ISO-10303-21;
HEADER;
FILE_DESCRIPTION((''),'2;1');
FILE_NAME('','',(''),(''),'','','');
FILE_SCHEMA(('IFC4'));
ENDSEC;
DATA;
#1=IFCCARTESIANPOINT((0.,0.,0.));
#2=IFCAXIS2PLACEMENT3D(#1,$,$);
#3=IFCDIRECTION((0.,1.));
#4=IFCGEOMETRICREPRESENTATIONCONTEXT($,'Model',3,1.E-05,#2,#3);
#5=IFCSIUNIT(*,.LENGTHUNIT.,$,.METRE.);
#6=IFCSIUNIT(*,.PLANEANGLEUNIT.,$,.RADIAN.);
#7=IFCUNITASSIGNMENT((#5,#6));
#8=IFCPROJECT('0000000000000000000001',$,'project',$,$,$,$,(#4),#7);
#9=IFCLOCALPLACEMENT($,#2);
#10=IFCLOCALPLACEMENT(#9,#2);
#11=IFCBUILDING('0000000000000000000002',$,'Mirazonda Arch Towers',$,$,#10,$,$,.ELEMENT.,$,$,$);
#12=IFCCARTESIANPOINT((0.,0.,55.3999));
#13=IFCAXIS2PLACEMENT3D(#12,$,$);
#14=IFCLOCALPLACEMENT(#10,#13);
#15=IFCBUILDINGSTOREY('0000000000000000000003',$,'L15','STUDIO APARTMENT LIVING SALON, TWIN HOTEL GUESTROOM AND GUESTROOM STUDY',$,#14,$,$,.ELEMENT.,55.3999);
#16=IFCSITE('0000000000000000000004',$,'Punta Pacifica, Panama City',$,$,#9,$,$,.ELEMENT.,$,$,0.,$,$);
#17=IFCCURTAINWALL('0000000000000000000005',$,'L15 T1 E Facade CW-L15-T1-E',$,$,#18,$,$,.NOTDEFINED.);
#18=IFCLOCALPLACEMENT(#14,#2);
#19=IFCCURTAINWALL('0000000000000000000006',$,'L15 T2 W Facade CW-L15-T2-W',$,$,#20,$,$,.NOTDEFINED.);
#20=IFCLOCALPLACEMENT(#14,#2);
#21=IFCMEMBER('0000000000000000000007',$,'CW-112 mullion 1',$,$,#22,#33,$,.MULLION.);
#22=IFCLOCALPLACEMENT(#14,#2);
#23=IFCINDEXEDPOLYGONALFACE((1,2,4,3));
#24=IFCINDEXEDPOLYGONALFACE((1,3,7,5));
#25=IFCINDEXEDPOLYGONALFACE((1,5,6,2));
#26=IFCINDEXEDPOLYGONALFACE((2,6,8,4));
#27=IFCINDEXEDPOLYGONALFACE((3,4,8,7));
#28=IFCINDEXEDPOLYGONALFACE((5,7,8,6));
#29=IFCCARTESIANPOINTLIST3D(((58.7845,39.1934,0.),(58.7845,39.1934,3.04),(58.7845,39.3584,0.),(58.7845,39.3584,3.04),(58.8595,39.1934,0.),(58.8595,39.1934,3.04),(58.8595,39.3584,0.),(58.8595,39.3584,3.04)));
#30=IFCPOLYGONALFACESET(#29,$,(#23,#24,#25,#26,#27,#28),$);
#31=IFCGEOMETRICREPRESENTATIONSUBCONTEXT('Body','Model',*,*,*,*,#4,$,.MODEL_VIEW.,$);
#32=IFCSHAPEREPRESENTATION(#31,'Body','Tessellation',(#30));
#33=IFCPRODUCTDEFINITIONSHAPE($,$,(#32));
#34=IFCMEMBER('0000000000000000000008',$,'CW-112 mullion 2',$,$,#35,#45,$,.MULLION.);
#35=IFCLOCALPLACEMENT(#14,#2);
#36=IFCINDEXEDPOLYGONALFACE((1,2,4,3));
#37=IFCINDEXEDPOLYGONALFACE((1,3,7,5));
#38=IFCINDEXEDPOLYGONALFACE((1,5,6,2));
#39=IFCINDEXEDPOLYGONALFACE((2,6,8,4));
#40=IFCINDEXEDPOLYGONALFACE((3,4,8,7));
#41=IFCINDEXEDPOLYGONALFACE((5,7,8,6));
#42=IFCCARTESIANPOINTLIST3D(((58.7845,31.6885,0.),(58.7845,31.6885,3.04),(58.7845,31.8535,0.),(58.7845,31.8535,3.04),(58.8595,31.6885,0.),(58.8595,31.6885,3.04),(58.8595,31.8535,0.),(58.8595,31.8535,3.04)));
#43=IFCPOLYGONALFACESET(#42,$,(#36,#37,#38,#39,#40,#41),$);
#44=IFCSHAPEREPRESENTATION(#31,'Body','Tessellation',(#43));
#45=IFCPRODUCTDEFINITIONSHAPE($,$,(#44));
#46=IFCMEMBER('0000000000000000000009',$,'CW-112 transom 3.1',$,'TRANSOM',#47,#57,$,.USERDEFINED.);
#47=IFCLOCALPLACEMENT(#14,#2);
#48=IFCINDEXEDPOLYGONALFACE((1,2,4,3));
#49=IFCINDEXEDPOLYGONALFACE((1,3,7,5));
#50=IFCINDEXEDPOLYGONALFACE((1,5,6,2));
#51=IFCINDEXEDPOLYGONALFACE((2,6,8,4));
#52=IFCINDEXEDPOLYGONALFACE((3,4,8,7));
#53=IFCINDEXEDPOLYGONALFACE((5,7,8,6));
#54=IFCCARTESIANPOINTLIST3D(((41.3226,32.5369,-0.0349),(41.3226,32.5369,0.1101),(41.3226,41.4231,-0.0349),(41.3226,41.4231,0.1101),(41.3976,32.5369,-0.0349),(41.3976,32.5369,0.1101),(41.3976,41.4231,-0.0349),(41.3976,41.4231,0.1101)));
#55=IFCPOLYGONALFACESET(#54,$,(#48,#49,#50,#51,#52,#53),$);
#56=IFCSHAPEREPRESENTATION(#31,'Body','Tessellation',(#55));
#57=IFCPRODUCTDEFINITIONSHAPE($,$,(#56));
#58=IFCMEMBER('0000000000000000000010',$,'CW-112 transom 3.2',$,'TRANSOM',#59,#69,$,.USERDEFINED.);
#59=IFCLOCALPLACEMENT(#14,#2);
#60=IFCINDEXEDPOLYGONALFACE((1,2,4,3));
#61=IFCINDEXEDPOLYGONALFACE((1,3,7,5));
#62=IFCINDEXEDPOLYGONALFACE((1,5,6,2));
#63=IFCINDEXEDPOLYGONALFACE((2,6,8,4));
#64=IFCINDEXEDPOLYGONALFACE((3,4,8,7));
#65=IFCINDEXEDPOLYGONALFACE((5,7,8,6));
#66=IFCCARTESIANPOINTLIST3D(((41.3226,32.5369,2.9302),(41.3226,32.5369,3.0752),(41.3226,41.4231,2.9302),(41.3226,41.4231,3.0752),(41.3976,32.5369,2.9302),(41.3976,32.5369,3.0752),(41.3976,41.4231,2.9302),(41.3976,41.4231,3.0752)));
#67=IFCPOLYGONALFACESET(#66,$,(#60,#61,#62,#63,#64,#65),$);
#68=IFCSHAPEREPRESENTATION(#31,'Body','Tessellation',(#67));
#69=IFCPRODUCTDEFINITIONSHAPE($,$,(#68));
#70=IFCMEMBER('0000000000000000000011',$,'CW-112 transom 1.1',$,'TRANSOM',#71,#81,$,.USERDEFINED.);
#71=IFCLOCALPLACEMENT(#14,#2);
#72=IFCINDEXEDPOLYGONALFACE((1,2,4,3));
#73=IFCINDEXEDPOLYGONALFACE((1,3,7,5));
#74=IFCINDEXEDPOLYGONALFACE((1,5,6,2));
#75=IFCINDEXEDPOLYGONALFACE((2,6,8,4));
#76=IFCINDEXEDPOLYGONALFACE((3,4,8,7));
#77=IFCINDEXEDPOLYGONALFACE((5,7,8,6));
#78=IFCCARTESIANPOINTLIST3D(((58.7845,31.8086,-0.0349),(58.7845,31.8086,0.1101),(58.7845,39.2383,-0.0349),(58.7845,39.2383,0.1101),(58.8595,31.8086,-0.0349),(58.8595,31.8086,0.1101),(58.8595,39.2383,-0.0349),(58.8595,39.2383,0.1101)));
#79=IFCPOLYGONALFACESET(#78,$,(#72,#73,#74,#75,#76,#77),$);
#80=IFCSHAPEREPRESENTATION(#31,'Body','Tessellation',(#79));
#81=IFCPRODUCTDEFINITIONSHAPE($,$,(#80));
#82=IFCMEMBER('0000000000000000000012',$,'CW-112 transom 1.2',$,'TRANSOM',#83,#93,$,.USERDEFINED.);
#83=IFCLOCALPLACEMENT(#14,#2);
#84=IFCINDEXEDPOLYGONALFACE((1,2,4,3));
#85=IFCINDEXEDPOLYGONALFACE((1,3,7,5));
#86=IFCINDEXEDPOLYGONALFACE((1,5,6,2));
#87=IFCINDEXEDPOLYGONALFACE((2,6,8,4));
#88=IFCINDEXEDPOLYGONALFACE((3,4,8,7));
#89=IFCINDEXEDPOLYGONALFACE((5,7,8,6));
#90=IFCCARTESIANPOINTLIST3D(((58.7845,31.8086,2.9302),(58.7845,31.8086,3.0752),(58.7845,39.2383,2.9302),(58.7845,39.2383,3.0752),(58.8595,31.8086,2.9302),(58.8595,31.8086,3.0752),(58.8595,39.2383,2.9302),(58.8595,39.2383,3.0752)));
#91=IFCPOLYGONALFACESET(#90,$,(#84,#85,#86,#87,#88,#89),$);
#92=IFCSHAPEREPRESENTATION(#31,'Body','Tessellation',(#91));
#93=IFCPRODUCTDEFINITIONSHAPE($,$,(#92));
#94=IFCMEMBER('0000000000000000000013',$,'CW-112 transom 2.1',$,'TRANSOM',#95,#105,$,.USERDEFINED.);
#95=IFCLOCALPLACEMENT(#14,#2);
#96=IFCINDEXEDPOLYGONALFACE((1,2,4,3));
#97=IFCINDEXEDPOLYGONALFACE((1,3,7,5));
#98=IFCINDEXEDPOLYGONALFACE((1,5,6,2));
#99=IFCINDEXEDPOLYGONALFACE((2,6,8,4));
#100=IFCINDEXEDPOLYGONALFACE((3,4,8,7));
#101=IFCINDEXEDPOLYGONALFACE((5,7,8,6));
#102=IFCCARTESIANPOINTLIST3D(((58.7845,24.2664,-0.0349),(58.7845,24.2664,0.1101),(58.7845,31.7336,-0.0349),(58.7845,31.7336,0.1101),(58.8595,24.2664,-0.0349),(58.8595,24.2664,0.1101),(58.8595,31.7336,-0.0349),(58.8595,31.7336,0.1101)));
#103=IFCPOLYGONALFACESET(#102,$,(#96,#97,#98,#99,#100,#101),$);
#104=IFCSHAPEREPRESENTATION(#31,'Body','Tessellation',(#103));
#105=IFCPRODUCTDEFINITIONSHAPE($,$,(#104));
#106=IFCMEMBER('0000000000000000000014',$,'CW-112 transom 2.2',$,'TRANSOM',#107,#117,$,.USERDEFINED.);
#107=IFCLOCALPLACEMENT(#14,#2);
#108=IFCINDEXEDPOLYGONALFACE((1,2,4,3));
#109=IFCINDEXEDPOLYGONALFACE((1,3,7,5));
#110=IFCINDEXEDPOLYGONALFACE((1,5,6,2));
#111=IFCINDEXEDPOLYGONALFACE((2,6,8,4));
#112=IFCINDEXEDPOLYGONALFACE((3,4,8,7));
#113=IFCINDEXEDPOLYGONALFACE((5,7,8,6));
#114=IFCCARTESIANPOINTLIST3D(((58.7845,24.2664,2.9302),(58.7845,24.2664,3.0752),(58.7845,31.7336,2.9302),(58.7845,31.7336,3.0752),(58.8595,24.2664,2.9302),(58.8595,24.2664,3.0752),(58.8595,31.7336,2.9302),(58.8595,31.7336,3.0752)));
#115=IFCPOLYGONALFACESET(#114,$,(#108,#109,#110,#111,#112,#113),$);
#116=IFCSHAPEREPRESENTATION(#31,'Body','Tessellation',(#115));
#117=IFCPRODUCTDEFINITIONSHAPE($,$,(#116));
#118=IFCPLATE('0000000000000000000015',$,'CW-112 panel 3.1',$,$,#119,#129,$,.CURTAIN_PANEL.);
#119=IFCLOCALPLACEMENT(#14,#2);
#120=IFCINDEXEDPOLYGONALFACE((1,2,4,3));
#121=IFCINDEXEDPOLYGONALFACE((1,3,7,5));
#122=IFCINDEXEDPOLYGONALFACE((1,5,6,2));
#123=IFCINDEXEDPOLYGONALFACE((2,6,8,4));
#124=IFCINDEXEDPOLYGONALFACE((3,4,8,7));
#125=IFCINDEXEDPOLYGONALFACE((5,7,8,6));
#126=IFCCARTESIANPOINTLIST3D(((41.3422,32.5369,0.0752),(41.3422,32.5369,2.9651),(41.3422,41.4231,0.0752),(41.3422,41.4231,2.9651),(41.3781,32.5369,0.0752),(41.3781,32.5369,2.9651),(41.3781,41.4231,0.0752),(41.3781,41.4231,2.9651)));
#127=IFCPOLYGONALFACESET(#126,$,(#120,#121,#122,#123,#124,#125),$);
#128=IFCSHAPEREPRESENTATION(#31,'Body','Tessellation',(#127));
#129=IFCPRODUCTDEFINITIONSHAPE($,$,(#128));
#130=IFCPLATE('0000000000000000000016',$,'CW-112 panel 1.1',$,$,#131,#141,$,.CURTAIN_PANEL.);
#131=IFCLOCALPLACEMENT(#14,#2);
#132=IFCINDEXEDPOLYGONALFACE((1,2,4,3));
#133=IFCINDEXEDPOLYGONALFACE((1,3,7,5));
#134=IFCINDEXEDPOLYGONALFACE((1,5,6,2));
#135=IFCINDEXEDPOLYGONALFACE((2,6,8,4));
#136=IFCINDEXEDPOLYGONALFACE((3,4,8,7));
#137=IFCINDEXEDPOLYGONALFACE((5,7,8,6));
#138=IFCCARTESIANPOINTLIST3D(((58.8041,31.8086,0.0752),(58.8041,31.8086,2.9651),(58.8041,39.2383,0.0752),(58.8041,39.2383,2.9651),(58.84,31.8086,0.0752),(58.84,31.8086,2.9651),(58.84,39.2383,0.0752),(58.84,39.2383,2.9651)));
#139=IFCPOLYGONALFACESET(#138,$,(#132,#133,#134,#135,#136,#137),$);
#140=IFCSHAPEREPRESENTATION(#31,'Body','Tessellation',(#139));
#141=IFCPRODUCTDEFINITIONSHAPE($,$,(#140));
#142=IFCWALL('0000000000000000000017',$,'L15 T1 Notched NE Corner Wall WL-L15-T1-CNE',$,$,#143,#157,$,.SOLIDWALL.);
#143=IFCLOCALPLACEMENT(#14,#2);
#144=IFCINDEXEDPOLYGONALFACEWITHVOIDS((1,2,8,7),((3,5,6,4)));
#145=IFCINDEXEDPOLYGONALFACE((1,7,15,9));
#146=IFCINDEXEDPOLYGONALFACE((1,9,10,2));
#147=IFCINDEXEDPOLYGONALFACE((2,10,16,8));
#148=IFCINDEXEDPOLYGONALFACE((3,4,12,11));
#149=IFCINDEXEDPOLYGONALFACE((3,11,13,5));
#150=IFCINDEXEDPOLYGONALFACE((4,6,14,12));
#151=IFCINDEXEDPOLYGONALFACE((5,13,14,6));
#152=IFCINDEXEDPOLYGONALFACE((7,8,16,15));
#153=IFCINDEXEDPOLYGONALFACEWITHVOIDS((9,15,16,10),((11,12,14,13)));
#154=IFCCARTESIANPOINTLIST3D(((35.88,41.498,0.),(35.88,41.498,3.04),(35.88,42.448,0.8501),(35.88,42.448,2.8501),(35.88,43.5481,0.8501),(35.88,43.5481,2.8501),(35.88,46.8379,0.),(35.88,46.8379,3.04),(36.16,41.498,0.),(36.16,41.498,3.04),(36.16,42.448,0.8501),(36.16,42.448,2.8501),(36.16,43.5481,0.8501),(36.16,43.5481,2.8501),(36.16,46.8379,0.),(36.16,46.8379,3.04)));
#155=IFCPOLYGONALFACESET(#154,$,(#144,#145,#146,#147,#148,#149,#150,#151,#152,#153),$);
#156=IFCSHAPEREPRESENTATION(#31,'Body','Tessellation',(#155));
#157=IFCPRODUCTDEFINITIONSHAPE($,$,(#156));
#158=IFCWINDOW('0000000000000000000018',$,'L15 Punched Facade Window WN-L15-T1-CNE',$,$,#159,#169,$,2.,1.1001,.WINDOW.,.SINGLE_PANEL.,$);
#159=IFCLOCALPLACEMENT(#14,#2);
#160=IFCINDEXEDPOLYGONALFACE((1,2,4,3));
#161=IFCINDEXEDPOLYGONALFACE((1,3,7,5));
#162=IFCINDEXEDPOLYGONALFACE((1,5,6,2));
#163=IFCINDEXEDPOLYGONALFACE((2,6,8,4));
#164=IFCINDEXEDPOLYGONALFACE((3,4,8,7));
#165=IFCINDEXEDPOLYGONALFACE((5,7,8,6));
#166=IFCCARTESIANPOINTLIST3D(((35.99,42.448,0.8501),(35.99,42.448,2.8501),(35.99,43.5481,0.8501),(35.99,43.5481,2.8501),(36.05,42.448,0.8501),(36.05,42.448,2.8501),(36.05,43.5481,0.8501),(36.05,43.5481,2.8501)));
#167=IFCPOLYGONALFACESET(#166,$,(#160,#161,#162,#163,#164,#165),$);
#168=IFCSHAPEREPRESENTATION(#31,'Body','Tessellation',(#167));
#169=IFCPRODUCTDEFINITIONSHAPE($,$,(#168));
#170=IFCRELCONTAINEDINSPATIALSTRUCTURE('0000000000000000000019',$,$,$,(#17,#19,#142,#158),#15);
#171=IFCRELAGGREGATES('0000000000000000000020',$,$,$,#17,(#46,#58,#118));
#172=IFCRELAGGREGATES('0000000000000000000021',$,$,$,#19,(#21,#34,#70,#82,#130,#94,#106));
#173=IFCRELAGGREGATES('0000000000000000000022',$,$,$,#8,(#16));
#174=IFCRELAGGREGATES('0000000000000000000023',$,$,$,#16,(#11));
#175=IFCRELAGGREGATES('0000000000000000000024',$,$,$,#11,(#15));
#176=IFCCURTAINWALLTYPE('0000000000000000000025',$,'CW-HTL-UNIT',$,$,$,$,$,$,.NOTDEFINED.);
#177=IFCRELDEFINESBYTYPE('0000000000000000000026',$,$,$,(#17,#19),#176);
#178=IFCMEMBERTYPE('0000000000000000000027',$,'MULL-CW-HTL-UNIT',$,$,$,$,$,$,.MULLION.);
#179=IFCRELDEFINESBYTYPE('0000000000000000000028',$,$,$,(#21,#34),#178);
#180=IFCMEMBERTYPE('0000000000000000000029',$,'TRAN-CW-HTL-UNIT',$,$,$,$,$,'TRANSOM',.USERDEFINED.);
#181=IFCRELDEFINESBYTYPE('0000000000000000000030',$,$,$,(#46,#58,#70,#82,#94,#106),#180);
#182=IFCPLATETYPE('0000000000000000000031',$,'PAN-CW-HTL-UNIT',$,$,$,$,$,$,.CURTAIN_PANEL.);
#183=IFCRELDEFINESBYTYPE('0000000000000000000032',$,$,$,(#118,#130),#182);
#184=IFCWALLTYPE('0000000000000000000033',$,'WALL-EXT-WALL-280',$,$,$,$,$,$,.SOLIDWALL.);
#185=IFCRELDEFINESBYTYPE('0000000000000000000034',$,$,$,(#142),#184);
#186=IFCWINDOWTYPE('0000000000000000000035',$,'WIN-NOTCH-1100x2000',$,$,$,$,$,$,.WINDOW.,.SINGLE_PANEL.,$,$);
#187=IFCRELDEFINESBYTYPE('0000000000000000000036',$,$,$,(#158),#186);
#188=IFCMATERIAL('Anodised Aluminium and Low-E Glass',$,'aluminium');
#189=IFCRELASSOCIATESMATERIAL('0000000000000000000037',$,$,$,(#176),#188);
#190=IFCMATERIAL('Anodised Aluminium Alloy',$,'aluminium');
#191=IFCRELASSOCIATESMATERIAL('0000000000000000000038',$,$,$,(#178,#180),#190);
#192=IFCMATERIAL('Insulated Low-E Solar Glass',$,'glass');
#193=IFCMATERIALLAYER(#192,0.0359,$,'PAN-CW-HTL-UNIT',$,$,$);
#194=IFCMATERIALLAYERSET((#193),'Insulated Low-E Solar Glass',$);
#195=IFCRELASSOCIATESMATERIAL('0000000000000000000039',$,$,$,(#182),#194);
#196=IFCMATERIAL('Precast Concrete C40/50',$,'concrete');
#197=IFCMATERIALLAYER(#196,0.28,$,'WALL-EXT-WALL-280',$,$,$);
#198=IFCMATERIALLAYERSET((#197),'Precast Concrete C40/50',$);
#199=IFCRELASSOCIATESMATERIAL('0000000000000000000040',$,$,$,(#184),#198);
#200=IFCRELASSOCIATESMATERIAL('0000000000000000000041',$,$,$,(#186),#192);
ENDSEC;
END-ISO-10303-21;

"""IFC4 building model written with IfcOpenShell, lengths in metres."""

from ifc_helpers import new_model, si_unit, direction, frame, frame_2d, origin, origin_2d, place, context, subcontext, project, spatial, rectangle, extrude, material, layer, layer_set, material_profile, profile_set, type_object, element, fill, aggregate, save


model = new_model("IFC4")

# Units and contexts
model_context = context("Model", 3, precision=1e-05, world=origin(), true_north=direction((0.0, 1.0)))
body_context = subcontext(model_context, "Body", "Model", "MODEL_VIEW")
ifc_project = project(units=[si_unit("LENGTHUNIT", "METRE"), si_unit("PLANEANGLEUNIT", "RADIAN")], contexts=[model_context])

# Site, building, storey
site_placement = place(None, origin())
site = spatial("IfcSite", under=ifc_project, at=site_placement, Name="Punta Pacifica, Panama City", CompositionType="ELEMENT", RefElevation=0.0)
building_placement = place(site_placement, origin())
building = spatial("IfcBuilding", under=site, at=building_placement, Name="Mirazonda Arch Towers", CompositionType="ELEMENT")
storey_placement = place(building_placement, frame((0.0, 0.0, 55.3999)))
storey = spatial("IfcBuildingStorey", under=building, at=storey_placement, Name="L15", Description="STUDIO APARTMENT LIVING SALON, TWIN HOTEL GUESTROOM AND GUESTROOM STUDY", CompositionType="ELEMENT", Elevation=55.3999)

# Curtain wall
ifc_material_1 = material(Name="Anodised Aluminium and Low-E Glass", Category="aluminium")
curtain_wall_type = type_object("IfcCurtainWallType", Name="CW-HTL-UNIT", PredefinedType="NOTDEFINED", material=ifc_material_1)
curtain_wall_1_placement = place(storey_placement, origin())
curtain_wall_1 = element("IfcCurtainWall", 1, at=curtain_wall_1_placement, inside=storey, type_object=curtain_wall_type, Name="L15 T1 E Facade CW-L15-T1-E", PredefinedType="NOTDEFINED")
ifc_material_2 = material(Name="Anodised Aluminium Alloy", Category="aluminium")
ifc_material_profile_1 = material_profile(ifc_material_2, rectangle(XDim=0.075, YDim=0.165, at=origin_2d()), Name="ALU-MULL-75x165")
ifc_profile_set_1 = profile_set([ifc_material_profile_1], Name="Anodised Aluminium Alloy")
member_type_1 = type_object("IfcMemberType", Name="MULL-CW-HTL-UNIT", PredefinedType="MULLION", material=ifc_profile_set_1)

# Curtain wall, members
curtain_wall_2_placement = place(storey_placement, origin())
curtain_wall_2 = element("IfcCurtainWall", 2, at=curtain_wall_2_placement, inside=storey, type_object=curtain_wall_type, Name="L15 T2 W Facade CW-L15-T2-W", PredefinedType="NOTDEFINED")
member_1_placement = place(storey_placement, frame((58.822, 39.2759, 0.0), z_axis=(0.0, 0.0, 1.0), x_axis=(1.0, 0.0, 0.0)))
member_1 = element("IfcMember", 3, at=member_1_placement, type_object=member_type_1, Name="CW-112 mullion 1", PredefinedType="MULLION", context=body_context, shape_type="SweptSolid", body=[
    extrude(rectangle(XDim=0.075, YDim=0.165, at=origin_2d()), origin(), (0.0, 0.0, 1.0), 3.04),
])
member_2_placement = place(storey_placement, frame((58.822, 31.771, 0.0), z_axis=(0.0, 0.0, 1.0), x_axis=(1.0, 0.0, 0.0)))
member_2 = element("IfcMember", 4, at=member_2_placement, type_object=member_type_1, Name="CW-112 mullion 2", PredefinedType="MULLION", context=body_context, shape_type="SweptSolid", body=[
    extrude(rectangle(XDim=0.075, YDim=0.165, at=origin_2d()), origin(), (0.0, 0.0, 1.0), 3.04),
])

# Members
ifc_material_profile_2 = material_profile(ifc_material_2, rectangle(XDim=0.075, YDim=0.145, at=origin_2d()), Name="ALU-TRAN-75x145")
ifc_profile_set_2 = profile_set([ifc_material_profile_2], Name="Anodised Aluminium Alloy")
member_type_2 = type_object("IfcMemberType", Name="TRAN-CW-HTL-UNIT", ElementType="TRANSOM", PredefinedType="USERDEFINED", material=ifc_profile_set_2)
member_3_placement = place(storey_placement, frame((41.3601, 32.5369, 0.0376), z_axis=(0.0, 1.0, 0.0), x_axis=(-1.0, 0.0, 0.0)))
member_3 = element("IfcMember", 5, at=member_3_placement, type_object=member_type_2, Name="CW-112 transom 3.1", ObjectType="TRANSOM", PredefinedType="USERDEFINED", context=body_context, shape_type="SweptSolid", body=[
    extrude(rectangle(XDim=0.075, YDim=0.145, at=origin_2d()), origin(), (0.0, 0.0, 1.0), 8.8862),
])
member_4_placement = place(storey_placement, frame((41.3601, 32.5369, 3.0027), z_axis=(0.0, 1.0, 0.0), x_axis=(-1.0, 0.0, 0.0)))
member_4 = element("IfcMember", 6, at=member_4_placement, type_object=member_type_2, Name="CW-112 transom 3.2", ObjectType="TRANSOM", PredefinedType="USERDEFINED", context=body_context, shape_type="SweptSolid", body=[
    extrude(rectangle(XDim=0.075, YDim=0.145, at=origin_2d()), origin(), (0.0, 0.0, 1.0), 8.8862),
])
member_5_placement = place(storey_placement, frame((58.822, 39.2383, 0.0376), z_axis=(0.0, -1.0, 0.0), x_axis=(1.0, 0.0, 0.0)))
member_5 = element("IfcMember", 7, at=member_5_placement, type_object=member_type_2, Name="CW-112 transom 1.1", ObjectType="TRANSOM", PredefinedType="USERDEFINED", context=body_context, shape_type="SweptSolid", body=[
    extrude(rectangle(XDim=0.075, YDim=0.145, at=origin_2d()), origin(), (0.0, 0.0, 1.0), 7.4297),
])
member_6_placement = place(storey_placement, frame((58.822, 39.2383, 3.0027), z_axis=(0.0, -1.0, 0.0), x_axis=(1.0, 0.0, 0.0)))
member_6 = element("IfcMember", 8, at=member_6_placement, type_object=member_type_2, Name="CW-112 transom 1.2", ObjectType="TRANSOM", PredefinedType="USERDEFINED", context=body_context, shape_type="SweptSolid", body=[
    extrude(rectangle(XDim=0.075, YDim=0.145, at=origin_2d()), origin(), (0.0, 0.0, 1.0), 7.4297),
])
member_7_placement = place(storey_placement, frame((58.822, 31.7336, 0.0376), z_axis=(0.0, -1.0, 0.0), x_axis=(1.0, 0.0, 0.0)))
member_7 = element("IfcMember", 9, at=member_7_placement, type_object=member_type_2, Name="CW-112 transom 2.1", ObjectType="TRANSOM", PredefinedType="USERDEFINED", context=body_context, shape_type="SweptSolid", body=[
    extrude(rectangle(XDim=0.075, YDim=0.145, at=origin_2d()), origin(), (0.0, 0.0, 1.0), 7.4673),
])
member_8_placement = place(storey_placement, frame((58.822, 31.7336, 3.0027), z_axis=(0.0, -1.0, 0.0), x_axis=(1.0, 0.0, 0.0)))
member_8 = element("IfcMember", 10, at=member_8_placement, type_object=member_type_2, Name="CW-112 transom 2.2", ObjectType="TRANSOM", PredefinedType="USERDEFINED", context=body_context, shape_type="SweptSolid", body=[
    extrude(rectangle(XDim=0.075, YDim=0.145, at=origin_2d()), origin(), (0.0, 0.0, 1.0), 7.4673),
])

# Plates
ifc_material_3 = material(Name="Insulated Low-E Solar Glass", Category="glass")
ifc_layer_1 = layer(ifc_material_3, 0.0359, Name="PAN-CW-HTL-UNIT")
ifc_layer_set_1 = layer_set([ifc_layer_1], Name="Insulated Low-E Solar Glass")
plate_type = type_object("IfcPlateType", Name="PAN-CW-HTL-UNIT", PredefinedType="CURTAIN_PANEL", material=ifc_layer_set_1)
plate_1_placement = place(storey_placement, frame((41.3601, 36.98, 0.0752), z_axis=(0.0, 0.0, 1.0), x_axis=(0.0, 1.0, 0.0)))
plate_1 = element("IfcPlate", 11, at=plate_1_placement, type_object=plate_type, Name="CW-112 panel 3.1", PredefinedType="CURTAIN_PANEL", context=body_context, shape_type="SweptSolid", body=[
    extrude(rectangle(XDim=8.8862, YDim=0.0359, at=origin_2d()), origin(), (0.0, 0.0, 1.0), 2.8899),
])
aggregate(curtain_wall_1, [member_3, member_4, plate_1])
plate_2_placement = place(storey_placement, frame((58.822, 35.5234, 0.0752), z_axis=(0.0, 0.0, 1.0), x_axis=(0.0, -1.0, 0.0)))
plate_2 = element("IfcPlate", 12, at=plate_2_placement, type_object=plate_type, Name="CW-112 panel 1.1", PredefinedType="CURTAIN_PANEL", context=body_context, shape_type="SweptSolid", body=[
    extrude(rectangle(XDim=7.4297, YDim=0.0359, at=origin_2d()), origin(), (0.0, 0.0, 1.0), 2.8899),
])
aggregate(curtain_wall_2, [member_1, member_2, member_5, member_6, plate_2, member_7, member_8])

# Wall, opening, window
ifc_material_4 = material(Name="Precast Concrete C40/50", Category="concrete")
ifc_layer_2 = layer(ifc_material_4, 0.28, Name="WALL-EXT-WALL-280")
ifc_layer_set_2 = layer_set([ifc_layer_2], Name="Precast Concrete C40/50")
wall_type_1 = type_object("IfcWallType", Name="WALL-EXT-WALL-280", PredefinedType="SOLIDWALL", material=ifc_layer_set_2)
wall_1_placement = place(storey_placement, frame((36.02, 41.498, 0.0), z_axis=(0.0, 0.0, 1.0), x_axis=(0.0, 1.0, 0.0)))
wall_1 = element("IfcWall", 13, at=wall_1_placement, inside=storey, type_object=wall_type_1, Name="L15 T1 Notched NE Corner Wall WL-L15-T1-CNE", PredefinedType="SOLIDWALL", context=body_context, shape_type="SweptSolid", body=[
    extrude(rectangle(XDim=5.3398, YDim=0.28, at=frame_2d((2.6699, 0.0))), origin(), (0.0, 0.0, 1.0), 3.04),
])
opening_1_placement = place(wall_1_placement, frame((0.95, 0.0, 0.8501)))
opening_1 = element("IfcOpeningElement", 14, at=opening_1_placement, cuts=wall_1, PredefinedType="OPENING", context=body_context, shape_type="SweptSolid", body=[
    extrude(rectangle(XDim=1.1001, YDim=2.0, at=frame_2d((0.55, 1.0))), frame((0.0, 0.1499, 0.0), z_axis=(0.0, -1.0, 0.0), x_axis=(1.0, 0.0, 0.0)), (0.0, 0.0, 1.0), 0.3),
])
window_type = type_object("IfcWindowType", Name="WIN-NOTCH-1100x2000", PartitioningType="SINGLE_PANEL", PredefinedType="WINDOW", material=ifc_material_3)
window_1_placement = place(opening_1_placement, origin())
window_1 = element("IfcWindow", 15, at=window_1_placement, inside=storey, type_object=window_type, Name="L15 Punched Facade Window WN-L15-T1-CNE", OverallHeight=2.0, OverallWidth=1.1001, PartitioningType="SINGLE_PANEL", PredefinedType="WINDOW", context=body_context, shape_type="SweptSolid", body=[
    extrude(rectangle(XDim=1.1001, YDim=2.0, at=frame_2d((0.55, 1.0))), frame((0.0, 0.03, 0.0), z_axis=(0.0, -1.0, 0.0), x_axis=(1.0, 0.0, 0.0)), (0.0, 0.0, 1.0), 0.0601),
])
fill(opening_1, window_1)

save(model, "model.ifc")
